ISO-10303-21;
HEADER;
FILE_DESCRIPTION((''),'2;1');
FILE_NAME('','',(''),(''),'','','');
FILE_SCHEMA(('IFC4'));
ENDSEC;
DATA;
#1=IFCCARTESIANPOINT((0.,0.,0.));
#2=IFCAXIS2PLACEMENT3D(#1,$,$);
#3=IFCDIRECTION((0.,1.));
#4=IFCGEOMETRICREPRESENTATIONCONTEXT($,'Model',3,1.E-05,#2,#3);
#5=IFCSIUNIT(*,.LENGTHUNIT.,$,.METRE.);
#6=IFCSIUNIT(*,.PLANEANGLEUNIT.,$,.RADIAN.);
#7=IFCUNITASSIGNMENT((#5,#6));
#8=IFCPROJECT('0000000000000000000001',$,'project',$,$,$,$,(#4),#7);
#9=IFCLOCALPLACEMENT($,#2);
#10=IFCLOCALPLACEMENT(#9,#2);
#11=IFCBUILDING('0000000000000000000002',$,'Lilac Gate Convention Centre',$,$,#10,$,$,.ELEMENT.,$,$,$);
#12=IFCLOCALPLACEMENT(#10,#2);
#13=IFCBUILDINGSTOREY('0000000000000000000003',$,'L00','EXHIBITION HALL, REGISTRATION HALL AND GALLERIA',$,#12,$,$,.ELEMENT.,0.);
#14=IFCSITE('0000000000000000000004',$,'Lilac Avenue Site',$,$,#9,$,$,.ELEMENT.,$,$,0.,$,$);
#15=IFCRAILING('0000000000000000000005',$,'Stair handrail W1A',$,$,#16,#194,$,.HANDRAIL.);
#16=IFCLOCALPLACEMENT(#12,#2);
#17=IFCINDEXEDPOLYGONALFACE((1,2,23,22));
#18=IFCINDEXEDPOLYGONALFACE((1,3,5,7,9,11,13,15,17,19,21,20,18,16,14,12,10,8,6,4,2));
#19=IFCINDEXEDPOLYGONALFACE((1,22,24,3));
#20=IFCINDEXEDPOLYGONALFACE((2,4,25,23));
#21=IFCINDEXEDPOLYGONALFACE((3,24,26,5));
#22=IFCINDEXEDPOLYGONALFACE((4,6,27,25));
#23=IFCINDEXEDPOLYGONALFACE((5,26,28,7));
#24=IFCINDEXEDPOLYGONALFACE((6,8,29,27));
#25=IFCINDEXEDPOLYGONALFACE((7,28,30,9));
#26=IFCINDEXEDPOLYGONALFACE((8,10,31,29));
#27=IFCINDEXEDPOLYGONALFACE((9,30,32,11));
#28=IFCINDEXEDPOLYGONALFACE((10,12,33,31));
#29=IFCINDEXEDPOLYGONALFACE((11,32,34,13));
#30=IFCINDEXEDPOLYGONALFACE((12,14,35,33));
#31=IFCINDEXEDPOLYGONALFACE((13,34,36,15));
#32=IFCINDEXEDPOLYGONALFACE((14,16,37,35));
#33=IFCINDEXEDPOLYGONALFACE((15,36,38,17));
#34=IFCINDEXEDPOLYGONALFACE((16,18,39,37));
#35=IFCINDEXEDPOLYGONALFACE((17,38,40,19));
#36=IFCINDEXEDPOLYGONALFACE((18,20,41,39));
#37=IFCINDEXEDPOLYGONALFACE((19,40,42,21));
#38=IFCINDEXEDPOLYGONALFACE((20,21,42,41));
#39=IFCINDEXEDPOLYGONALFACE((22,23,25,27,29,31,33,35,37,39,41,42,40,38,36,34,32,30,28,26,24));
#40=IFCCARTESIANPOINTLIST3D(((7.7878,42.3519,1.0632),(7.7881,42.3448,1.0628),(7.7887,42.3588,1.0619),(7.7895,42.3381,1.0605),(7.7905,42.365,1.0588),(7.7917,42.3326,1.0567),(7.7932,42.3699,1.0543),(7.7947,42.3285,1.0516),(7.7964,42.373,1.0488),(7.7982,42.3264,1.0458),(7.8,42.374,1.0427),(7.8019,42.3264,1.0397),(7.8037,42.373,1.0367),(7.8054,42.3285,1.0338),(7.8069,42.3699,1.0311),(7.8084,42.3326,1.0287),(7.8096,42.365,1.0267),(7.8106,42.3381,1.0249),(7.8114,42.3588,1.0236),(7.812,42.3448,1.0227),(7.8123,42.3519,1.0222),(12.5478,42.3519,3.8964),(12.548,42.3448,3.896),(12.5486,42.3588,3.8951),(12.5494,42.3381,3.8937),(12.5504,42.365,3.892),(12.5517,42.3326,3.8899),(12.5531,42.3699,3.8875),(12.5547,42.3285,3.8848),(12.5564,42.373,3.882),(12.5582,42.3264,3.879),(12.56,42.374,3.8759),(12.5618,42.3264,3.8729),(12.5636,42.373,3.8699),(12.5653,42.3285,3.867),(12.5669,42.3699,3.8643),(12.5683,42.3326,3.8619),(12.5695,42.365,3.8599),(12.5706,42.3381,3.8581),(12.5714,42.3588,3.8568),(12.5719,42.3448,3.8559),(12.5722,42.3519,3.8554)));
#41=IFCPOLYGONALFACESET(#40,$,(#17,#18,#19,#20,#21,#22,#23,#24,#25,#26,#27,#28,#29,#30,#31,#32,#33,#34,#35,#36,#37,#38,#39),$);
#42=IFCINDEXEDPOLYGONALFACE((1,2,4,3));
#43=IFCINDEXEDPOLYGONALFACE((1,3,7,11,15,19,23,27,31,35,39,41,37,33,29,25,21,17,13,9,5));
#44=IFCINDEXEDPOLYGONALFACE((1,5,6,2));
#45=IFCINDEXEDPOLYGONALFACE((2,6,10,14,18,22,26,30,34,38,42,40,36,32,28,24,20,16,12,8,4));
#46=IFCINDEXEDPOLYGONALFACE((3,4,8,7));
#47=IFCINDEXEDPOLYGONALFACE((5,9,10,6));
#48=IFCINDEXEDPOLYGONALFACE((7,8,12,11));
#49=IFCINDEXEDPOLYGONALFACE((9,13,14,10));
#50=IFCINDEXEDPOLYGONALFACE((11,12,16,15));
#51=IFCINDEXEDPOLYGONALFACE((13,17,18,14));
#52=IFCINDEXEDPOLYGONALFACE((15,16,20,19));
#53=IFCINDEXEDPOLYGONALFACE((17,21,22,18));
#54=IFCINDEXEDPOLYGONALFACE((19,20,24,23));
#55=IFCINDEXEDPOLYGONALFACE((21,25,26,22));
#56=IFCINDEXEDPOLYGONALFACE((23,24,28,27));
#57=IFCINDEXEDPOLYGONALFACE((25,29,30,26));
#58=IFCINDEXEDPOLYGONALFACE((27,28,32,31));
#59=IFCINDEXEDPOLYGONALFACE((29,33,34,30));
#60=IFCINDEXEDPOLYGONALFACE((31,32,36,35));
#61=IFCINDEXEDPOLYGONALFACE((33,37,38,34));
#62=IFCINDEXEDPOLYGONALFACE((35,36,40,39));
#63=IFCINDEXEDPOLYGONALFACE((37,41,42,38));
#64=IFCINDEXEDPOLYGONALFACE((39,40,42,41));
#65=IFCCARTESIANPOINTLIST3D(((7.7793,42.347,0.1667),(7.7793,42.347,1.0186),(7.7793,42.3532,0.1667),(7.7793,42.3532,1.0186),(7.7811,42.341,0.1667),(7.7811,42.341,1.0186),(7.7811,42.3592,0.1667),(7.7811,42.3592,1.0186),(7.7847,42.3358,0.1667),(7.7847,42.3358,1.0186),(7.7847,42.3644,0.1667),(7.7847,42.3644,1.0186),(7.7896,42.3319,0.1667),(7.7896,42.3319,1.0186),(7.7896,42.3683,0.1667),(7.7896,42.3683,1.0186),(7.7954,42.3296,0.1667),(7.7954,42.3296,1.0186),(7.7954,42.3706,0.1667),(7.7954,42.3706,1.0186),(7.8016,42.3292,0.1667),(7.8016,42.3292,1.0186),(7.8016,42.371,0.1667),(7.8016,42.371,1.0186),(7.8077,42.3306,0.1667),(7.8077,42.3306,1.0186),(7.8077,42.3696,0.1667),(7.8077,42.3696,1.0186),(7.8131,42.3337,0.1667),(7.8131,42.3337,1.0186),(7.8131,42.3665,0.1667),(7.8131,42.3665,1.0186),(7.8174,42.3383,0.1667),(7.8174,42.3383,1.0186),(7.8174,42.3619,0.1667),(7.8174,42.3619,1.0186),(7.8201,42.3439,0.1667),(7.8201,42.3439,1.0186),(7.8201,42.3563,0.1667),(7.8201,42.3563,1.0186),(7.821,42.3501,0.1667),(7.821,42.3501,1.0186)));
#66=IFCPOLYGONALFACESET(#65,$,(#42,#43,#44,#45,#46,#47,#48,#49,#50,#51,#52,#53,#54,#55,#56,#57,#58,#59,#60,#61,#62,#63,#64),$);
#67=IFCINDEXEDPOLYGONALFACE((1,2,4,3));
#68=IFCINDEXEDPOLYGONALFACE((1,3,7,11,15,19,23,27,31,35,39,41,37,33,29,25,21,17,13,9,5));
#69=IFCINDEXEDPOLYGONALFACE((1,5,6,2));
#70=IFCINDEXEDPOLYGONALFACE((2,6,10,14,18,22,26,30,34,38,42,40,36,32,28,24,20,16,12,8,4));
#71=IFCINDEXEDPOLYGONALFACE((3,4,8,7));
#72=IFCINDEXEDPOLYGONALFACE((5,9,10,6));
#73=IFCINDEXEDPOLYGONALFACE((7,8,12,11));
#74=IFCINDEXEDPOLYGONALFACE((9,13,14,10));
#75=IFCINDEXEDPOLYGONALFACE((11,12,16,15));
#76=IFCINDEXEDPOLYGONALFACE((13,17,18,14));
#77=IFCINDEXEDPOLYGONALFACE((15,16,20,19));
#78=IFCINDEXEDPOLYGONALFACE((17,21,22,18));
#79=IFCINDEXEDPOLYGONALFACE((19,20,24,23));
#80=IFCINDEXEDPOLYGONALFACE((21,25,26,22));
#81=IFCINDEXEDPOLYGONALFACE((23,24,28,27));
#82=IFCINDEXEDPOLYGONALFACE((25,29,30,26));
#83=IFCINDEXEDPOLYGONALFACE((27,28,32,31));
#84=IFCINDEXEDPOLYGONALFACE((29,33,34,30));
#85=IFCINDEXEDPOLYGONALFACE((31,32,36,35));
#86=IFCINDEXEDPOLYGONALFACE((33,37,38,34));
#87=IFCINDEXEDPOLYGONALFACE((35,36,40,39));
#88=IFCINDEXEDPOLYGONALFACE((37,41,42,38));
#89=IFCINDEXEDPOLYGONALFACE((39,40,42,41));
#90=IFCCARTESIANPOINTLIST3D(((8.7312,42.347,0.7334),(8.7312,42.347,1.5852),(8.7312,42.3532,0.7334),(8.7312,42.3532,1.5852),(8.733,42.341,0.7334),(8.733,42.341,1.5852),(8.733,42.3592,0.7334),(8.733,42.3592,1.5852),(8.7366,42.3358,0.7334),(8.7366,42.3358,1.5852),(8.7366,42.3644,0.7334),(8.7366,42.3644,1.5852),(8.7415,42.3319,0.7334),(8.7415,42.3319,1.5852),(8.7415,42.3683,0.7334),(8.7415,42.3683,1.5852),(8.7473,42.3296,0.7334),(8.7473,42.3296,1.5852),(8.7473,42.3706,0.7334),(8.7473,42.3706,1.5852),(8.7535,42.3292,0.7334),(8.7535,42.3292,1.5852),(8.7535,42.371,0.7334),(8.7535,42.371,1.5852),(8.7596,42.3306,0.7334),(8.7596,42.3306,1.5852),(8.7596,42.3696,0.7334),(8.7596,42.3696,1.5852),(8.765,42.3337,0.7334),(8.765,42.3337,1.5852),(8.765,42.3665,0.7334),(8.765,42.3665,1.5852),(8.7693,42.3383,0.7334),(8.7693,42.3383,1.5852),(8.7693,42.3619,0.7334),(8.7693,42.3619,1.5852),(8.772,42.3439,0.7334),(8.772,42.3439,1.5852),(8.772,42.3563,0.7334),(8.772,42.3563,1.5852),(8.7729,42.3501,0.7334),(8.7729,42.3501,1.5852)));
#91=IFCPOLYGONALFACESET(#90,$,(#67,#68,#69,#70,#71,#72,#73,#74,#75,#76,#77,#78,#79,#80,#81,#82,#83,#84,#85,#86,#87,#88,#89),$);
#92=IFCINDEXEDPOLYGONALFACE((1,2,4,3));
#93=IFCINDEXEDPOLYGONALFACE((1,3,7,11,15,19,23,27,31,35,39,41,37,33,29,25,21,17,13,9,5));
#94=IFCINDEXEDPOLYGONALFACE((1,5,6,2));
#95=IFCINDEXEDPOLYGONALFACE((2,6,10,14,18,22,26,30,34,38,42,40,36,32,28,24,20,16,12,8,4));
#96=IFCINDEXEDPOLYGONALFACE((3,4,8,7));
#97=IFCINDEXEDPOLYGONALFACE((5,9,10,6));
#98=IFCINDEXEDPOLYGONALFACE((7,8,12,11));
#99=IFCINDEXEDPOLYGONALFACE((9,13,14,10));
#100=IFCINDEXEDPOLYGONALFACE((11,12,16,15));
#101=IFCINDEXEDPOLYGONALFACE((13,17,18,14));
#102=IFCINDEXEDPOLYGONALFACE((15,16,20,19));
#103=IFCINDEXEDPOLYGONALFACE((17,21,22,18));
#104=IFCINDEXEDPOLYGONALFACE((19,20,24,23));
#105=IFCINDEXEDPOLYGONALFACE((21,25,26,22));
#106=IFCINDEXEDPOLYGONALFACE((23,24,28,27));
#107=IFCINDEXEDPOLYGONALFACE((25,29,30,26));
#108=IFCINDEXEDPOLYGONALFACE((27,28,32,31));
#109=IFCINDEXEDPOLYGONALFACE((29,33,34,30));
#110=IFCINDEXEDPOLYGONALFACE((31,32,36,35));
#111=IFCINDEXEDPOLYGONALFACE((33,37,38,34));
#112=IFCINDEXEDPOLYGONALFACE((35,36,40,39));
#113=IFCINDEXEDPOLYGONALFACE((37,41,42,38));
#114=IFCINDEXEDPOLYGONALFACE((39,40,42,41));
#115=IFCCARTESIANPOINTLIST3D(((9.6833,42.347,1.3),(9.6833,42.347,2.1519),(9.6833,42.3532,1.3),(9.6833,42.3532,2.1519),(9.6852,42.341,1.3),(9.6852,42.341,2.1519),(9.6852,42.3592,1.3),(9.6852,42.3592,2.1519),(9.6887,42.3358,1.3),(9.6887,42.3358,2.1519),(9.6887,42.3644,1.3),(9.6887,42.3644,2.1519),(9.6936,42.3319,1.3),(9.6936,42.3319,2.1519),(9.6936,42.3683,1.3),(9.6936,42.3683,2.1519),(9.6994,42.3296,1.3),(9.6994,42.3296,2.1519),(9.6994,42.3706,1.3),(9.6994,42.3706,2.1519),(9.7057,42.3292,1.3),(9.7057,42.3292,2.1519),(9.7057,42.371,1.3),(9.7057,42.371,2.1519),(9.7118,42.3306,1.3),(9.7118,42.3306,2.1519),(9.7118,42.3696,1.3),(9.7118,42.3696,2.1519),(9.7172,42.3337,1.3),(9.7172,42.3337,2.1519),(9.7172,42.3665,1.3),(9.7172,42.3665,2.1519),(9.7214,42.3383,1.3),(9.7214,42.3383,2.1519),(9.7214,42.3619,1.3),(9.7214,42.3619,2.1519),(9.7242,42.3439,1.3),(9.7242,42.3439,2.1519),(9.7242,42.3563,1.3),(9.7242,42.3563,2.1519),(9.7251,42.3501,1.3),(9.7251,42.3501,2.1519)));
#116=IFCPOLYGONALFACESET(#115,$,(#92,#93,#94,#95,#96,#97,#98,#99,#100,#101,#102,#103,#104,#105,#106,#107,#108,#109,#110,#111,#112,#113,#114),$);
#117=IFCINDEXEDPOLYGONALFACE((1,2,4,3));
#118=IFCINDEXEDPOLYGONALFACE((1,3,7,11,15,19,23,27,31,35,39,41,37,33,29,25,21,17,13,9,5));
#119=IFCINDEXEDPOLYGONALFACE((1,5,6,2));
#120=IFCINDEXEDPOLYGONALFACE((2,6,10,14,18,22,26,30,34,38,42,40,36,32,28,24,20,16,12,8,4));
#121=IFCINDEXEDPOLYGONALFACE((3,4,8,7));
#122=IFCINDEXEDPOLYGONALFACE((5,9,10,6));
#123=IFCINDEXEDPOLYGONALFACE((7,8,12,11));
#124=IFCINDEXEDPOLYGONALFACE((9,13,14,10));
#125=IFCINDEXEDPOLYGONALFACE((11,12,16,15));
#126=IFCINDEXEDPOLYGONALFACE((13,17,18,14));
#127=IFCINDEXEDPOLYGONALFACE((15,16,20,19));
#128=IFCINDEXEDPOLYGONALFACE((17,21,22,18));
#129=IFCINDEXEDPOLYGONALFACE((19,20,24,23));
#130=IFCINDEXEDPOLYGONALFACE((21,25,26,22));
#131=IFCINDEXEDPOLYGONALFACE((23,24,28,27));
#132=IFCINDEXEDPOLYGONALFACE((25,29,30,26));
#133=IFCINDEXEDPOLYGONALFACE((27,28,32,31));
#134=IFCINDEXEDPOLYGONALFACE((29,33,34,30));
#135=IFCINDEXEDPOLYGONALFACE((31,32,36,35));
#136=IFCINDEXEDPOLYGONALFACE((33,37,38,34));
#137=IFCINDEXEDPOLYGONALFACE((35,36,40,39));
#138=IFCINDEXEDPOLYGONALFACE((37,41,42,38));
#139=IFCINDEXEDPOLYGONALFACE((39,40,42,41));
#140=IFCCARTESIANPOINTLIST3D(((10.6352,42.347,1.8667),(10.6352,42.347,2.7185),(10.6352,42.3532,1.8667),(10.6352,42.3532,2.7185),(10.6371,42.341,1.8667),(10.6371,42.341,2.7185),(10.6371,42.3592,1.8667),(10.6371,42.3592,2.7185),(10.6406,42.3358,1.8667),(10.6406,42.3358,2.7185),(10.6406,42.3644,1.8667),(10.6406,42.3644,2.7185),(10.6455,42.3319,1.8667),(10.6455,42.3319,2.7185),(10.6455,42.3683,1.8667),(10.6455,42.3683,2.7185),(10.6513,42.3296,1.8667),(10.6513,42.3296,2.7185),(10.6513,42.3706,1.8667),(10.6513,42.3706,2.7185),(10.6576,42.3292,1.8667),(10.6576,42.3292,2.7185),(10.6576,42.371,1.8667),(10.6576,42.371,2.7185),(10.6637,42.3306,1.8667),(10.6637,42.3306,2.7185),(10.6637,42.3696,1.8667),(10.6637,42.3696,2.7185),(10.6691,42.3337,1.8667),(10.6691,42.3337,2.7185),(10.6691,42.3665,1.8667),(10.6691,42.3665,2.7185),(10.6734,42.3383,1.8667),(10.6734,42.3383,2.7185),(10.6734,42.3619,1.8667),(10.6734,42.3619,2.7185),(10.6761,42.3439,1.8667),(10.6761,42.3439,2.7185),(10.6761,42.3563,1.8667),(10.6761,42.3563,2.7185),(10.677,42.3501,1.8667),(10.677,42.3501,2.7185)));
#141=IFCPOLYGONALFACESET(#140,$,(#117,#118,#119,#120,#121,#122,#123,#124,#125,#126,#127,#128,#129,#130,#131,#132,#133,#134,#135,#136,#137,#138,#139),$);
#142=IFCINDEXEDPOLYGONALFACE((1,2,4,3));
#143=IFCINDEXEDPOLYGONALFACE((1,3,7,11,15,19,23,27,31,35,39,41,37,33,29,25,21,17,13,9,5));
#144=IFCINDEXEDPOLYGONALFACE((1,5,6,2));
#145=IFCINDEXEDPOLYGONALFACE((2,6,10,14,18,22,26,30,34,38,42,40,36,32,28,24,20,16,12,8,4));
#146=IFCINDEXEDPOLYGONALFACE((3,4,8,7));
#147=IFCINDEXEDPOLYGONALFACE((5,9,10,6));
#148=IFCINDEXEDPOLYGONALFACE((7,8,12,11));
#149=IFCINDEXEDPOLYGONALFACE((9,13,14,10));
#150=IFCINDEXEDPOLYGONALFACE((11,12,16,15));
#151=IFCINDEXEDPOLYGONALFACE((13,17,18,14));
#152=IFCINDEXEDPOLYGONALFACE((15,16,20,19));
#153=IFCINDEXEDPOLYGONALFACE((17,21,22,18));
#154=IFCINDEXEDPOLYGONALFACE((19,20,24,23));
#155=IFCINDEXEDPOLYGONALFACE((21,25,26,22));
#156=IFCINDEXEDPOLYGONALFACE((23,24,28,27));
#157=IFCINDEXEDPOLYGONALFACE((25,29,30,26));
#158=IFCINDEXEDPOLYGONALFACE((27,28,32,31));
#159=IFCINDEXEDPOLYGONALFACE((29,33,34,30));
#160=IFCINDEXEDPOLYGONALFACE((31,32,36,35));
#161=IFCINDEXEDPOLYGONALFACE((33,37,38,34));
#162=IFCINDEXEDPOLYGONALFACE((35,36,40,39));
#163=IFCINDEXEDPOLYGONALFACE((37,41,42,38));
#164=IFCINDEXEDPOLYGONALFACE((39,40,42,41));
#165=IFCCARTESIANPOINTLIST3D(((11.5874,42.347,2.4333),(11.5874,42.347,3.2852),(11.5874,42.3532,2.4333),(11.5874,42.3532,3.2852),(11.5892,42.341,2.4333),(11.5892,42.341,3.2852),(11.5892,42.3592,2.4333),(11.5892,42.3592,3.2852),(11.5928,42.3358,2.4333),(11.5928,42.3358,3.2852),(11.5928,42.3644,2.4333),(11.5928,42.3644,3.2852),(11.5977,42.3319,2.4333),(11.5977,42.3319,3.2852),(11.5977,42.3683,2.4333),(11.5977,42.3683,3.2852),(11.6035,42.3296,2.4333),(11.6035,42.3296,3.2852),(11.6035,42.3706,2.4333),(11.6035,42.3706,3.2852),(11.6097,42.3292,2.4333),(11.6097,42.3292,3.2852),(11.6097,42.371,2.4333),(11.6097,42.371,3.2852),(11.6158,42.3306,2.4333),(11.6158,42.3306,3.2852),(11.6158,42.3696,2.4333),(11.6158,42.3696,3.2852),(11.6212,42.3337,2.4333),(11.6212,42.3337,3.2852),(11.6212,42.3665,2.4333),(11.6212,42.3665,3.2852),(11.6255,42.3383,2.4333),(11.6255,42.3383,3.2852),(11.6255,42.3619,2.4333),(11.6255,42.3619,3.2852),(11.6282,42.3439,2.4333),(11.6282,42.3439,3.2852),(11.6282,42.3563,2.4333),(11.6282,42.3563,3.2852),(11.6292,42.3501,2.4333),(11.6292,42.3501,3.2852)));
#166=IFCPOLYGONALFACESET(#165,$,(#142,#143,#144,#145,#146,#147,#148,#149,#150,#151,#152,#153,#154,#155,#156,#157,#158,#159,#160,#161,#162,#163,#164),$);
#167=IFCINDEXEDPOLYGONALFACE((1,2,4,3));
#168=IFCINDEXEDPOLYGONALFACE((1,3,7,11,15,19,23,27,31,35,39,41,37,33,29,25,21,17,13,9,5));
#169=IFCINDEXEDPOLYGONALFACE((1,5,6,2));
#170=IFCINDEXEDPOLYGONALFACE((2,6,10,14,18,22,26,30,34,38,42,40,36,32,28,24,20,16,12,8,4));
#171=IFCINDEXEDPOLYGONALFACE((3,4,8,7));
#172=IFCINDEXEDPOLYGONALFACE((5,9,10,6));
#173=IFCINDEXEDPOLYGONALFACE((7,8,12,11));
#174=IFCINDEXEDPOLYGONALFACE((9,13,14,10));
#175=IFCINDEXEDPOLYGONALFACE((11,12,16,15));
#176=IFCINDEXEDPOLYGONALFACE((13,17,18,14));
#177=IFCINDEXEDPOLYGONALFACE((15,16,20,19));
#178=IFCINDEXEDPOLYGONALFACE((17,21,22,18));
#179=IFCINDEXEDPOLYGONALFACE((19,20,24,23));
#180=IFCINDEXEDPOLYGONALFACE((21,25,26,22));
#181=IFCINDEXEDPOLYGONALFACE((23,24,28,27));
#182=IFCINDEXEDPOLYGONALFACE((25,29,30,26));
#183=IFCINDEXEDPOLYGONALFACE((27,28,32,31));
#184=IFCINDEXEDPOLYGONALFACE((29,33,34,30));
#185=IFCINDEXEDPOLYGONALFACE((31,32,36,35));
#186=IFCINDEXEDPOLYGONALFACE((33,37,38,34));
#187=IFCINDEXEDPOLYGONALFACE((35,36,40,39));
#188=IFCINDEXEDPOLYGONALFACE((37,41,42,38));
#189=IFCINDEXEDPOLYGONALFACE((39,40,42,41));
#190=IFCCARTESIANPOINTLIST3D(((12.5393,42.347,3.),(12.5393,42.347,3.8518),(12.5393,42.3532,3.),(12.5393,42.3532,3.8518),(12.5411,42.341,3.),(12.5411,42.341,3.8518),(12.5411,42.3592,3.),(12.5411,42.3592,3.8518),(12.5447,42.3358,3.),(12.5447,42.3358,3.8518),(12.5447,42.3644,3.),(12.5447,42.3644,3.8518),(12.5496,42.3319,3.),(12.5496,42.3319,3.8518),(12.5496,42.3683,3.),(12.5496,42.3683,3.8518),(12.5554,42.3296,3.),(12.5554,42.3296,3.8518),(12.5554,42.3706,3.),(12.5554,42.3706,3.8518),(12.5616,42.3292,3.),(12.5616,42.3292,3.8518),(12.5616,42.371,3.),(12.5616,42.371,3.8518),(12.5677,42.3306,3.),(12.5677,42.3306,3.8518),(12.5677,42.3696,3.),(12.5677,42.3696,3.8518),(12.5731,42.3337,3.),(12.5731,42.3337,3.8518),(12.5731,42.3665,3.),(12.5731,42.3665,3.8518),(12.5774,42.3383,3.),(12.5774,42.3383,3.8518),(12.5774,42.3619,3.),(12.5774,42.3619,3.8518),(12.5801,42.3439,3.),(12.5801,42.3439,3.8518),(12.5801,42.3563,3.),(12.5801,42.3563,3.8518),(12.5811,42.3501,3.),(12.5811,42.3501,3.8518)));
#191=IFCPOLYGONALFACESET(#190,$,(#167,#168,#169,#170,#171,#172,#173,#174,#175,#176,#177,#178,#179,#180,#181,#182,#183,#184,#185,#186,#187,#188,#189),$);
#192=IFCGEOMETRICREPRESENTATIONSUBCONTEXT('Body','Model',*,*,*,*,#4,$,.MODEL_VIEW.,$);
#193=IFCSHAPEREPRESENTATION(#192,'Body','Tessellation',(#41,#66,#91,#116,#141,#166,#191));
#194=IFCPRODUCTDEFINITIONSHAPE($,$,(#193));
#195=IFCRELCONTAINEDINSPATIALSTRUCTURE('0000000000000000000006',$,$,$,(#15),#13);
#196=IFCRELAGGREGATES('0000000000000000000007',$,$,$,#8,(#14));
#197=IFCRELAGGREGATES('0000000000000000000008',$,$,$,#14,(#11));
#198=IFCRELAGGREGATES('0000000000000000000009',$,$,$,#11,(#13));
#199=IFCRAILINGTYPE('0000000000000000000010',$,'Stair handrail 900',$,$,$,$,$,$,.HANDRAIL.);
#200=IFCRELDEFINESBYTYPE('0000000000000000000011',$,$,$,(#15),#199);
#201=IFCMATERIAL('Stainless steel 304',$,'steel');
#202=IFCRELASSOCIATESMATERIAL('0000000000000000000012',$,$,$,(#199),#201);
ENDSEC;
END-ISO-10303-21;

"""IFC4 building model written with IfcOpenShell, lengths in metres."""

from ifc_helpers import new_model, si_unit, direction, frame, origin, origin_2d, place, context, subcontext, project, spatial, circle, extrude, material, type_object, element, save


model = new_model("IFC4")

# Units and contexts
model_context = context("Model", 3, precision=1e-05, world=origin(), true_north=direction((0.0, 1.0)))
body_context = subcontext(model_context, "Body", "Model", "MODEL_VIEW")
ifc_project = project(units=[si_unit("LENGTHUNIT", "METRE"), si_unit("PLANEANGLEUNIT", "RADIAN")], contexts=[model_context])

# Site, building, storey
site_placement = place(None, origin())
site = spatial("IfcSite", under=ifc_project, at=site_placement, Name="Lilac Avenue Site", CompositionType="ELEMENT", RefElevation=0.0)
building_placement = place(site_placement, origin())
building = spatial("IfcBuilding", under=site, at=building_placement, Name="Lilac Gate Convention Centre", CompositionType="ELEMENT")
storey_placement = place(building_placement, origin())
storey = spatial("IfcBuildingStorey", under=building, at=storey_placement, Name="L00", Description="EXHIBITION HALL, REGISTRATION HALL AND GALLERIA", CompositionType="ELEMENT", Elevation=0.0)

# Railing
ifc_material_1 = material(Name="Stainless steel 304", Category="steel")
railing_type_1 = type_object("IfcRailingType", Name="Stair handrail 900", PredefinedType="HANDRAIL", material=ifc_material_1)
for number, where, name in (
    (1, (7.8, 42.3501, 0.1667), "Stair handrail W1A"),
):
    element("IfcRailing", number, at=place(storey_placement, frame(where)), inside=storey, type_object=railing_type_1, Name=name, PredefinedType="HANDRAIL", context=body_context, shape_type="SweptSolid", body=[
        extrude(circle(Radius=0.0239, at=origin_2d()), frame((0.0, 0.0, 0.876), z_axis=(0.8593, 0.0, 0.511472), x_axis=(0.0, 1.0, 0.0)), (0.0, 0.0, 1.0), 5.5393),
        extrude(circle(Radius=0.021, at=origin_2d()), origin(), (0.0, 0.0, 1.0), 0.8518),
        extrude(circle(Radius=0.021, at=origin_2d()), frame((0.9519, 0.0, 0.5667)), (0.0, 0.0, 1.0), 0.8518),
        extrude(circle(Radius=0.021, at=origin_2d()), frame((1.9041, 0.0, 1.1333)), (0.0, 0.0, 1.0), 0.8518),
        extrude(circle(Radius=0.021, at=origin_2d()), frame((2.856, 0.0, 1.7)), (0.0, 0.0, 1.0), 0.8518),
        extrude(circle(Radius=0.021, at=origin_2d()), frame((3.8081, 0.0, 2.2666)), (0.0, 0.0, 1.0), 0.8518),
        extrude(circle(Radius=0.021, at=origin_2d()), frame((4.76, 0.0, 2.8333)), (0.0, 0.0, 1.0), 0.8518),
    ])

save(model, "model.ifc")
